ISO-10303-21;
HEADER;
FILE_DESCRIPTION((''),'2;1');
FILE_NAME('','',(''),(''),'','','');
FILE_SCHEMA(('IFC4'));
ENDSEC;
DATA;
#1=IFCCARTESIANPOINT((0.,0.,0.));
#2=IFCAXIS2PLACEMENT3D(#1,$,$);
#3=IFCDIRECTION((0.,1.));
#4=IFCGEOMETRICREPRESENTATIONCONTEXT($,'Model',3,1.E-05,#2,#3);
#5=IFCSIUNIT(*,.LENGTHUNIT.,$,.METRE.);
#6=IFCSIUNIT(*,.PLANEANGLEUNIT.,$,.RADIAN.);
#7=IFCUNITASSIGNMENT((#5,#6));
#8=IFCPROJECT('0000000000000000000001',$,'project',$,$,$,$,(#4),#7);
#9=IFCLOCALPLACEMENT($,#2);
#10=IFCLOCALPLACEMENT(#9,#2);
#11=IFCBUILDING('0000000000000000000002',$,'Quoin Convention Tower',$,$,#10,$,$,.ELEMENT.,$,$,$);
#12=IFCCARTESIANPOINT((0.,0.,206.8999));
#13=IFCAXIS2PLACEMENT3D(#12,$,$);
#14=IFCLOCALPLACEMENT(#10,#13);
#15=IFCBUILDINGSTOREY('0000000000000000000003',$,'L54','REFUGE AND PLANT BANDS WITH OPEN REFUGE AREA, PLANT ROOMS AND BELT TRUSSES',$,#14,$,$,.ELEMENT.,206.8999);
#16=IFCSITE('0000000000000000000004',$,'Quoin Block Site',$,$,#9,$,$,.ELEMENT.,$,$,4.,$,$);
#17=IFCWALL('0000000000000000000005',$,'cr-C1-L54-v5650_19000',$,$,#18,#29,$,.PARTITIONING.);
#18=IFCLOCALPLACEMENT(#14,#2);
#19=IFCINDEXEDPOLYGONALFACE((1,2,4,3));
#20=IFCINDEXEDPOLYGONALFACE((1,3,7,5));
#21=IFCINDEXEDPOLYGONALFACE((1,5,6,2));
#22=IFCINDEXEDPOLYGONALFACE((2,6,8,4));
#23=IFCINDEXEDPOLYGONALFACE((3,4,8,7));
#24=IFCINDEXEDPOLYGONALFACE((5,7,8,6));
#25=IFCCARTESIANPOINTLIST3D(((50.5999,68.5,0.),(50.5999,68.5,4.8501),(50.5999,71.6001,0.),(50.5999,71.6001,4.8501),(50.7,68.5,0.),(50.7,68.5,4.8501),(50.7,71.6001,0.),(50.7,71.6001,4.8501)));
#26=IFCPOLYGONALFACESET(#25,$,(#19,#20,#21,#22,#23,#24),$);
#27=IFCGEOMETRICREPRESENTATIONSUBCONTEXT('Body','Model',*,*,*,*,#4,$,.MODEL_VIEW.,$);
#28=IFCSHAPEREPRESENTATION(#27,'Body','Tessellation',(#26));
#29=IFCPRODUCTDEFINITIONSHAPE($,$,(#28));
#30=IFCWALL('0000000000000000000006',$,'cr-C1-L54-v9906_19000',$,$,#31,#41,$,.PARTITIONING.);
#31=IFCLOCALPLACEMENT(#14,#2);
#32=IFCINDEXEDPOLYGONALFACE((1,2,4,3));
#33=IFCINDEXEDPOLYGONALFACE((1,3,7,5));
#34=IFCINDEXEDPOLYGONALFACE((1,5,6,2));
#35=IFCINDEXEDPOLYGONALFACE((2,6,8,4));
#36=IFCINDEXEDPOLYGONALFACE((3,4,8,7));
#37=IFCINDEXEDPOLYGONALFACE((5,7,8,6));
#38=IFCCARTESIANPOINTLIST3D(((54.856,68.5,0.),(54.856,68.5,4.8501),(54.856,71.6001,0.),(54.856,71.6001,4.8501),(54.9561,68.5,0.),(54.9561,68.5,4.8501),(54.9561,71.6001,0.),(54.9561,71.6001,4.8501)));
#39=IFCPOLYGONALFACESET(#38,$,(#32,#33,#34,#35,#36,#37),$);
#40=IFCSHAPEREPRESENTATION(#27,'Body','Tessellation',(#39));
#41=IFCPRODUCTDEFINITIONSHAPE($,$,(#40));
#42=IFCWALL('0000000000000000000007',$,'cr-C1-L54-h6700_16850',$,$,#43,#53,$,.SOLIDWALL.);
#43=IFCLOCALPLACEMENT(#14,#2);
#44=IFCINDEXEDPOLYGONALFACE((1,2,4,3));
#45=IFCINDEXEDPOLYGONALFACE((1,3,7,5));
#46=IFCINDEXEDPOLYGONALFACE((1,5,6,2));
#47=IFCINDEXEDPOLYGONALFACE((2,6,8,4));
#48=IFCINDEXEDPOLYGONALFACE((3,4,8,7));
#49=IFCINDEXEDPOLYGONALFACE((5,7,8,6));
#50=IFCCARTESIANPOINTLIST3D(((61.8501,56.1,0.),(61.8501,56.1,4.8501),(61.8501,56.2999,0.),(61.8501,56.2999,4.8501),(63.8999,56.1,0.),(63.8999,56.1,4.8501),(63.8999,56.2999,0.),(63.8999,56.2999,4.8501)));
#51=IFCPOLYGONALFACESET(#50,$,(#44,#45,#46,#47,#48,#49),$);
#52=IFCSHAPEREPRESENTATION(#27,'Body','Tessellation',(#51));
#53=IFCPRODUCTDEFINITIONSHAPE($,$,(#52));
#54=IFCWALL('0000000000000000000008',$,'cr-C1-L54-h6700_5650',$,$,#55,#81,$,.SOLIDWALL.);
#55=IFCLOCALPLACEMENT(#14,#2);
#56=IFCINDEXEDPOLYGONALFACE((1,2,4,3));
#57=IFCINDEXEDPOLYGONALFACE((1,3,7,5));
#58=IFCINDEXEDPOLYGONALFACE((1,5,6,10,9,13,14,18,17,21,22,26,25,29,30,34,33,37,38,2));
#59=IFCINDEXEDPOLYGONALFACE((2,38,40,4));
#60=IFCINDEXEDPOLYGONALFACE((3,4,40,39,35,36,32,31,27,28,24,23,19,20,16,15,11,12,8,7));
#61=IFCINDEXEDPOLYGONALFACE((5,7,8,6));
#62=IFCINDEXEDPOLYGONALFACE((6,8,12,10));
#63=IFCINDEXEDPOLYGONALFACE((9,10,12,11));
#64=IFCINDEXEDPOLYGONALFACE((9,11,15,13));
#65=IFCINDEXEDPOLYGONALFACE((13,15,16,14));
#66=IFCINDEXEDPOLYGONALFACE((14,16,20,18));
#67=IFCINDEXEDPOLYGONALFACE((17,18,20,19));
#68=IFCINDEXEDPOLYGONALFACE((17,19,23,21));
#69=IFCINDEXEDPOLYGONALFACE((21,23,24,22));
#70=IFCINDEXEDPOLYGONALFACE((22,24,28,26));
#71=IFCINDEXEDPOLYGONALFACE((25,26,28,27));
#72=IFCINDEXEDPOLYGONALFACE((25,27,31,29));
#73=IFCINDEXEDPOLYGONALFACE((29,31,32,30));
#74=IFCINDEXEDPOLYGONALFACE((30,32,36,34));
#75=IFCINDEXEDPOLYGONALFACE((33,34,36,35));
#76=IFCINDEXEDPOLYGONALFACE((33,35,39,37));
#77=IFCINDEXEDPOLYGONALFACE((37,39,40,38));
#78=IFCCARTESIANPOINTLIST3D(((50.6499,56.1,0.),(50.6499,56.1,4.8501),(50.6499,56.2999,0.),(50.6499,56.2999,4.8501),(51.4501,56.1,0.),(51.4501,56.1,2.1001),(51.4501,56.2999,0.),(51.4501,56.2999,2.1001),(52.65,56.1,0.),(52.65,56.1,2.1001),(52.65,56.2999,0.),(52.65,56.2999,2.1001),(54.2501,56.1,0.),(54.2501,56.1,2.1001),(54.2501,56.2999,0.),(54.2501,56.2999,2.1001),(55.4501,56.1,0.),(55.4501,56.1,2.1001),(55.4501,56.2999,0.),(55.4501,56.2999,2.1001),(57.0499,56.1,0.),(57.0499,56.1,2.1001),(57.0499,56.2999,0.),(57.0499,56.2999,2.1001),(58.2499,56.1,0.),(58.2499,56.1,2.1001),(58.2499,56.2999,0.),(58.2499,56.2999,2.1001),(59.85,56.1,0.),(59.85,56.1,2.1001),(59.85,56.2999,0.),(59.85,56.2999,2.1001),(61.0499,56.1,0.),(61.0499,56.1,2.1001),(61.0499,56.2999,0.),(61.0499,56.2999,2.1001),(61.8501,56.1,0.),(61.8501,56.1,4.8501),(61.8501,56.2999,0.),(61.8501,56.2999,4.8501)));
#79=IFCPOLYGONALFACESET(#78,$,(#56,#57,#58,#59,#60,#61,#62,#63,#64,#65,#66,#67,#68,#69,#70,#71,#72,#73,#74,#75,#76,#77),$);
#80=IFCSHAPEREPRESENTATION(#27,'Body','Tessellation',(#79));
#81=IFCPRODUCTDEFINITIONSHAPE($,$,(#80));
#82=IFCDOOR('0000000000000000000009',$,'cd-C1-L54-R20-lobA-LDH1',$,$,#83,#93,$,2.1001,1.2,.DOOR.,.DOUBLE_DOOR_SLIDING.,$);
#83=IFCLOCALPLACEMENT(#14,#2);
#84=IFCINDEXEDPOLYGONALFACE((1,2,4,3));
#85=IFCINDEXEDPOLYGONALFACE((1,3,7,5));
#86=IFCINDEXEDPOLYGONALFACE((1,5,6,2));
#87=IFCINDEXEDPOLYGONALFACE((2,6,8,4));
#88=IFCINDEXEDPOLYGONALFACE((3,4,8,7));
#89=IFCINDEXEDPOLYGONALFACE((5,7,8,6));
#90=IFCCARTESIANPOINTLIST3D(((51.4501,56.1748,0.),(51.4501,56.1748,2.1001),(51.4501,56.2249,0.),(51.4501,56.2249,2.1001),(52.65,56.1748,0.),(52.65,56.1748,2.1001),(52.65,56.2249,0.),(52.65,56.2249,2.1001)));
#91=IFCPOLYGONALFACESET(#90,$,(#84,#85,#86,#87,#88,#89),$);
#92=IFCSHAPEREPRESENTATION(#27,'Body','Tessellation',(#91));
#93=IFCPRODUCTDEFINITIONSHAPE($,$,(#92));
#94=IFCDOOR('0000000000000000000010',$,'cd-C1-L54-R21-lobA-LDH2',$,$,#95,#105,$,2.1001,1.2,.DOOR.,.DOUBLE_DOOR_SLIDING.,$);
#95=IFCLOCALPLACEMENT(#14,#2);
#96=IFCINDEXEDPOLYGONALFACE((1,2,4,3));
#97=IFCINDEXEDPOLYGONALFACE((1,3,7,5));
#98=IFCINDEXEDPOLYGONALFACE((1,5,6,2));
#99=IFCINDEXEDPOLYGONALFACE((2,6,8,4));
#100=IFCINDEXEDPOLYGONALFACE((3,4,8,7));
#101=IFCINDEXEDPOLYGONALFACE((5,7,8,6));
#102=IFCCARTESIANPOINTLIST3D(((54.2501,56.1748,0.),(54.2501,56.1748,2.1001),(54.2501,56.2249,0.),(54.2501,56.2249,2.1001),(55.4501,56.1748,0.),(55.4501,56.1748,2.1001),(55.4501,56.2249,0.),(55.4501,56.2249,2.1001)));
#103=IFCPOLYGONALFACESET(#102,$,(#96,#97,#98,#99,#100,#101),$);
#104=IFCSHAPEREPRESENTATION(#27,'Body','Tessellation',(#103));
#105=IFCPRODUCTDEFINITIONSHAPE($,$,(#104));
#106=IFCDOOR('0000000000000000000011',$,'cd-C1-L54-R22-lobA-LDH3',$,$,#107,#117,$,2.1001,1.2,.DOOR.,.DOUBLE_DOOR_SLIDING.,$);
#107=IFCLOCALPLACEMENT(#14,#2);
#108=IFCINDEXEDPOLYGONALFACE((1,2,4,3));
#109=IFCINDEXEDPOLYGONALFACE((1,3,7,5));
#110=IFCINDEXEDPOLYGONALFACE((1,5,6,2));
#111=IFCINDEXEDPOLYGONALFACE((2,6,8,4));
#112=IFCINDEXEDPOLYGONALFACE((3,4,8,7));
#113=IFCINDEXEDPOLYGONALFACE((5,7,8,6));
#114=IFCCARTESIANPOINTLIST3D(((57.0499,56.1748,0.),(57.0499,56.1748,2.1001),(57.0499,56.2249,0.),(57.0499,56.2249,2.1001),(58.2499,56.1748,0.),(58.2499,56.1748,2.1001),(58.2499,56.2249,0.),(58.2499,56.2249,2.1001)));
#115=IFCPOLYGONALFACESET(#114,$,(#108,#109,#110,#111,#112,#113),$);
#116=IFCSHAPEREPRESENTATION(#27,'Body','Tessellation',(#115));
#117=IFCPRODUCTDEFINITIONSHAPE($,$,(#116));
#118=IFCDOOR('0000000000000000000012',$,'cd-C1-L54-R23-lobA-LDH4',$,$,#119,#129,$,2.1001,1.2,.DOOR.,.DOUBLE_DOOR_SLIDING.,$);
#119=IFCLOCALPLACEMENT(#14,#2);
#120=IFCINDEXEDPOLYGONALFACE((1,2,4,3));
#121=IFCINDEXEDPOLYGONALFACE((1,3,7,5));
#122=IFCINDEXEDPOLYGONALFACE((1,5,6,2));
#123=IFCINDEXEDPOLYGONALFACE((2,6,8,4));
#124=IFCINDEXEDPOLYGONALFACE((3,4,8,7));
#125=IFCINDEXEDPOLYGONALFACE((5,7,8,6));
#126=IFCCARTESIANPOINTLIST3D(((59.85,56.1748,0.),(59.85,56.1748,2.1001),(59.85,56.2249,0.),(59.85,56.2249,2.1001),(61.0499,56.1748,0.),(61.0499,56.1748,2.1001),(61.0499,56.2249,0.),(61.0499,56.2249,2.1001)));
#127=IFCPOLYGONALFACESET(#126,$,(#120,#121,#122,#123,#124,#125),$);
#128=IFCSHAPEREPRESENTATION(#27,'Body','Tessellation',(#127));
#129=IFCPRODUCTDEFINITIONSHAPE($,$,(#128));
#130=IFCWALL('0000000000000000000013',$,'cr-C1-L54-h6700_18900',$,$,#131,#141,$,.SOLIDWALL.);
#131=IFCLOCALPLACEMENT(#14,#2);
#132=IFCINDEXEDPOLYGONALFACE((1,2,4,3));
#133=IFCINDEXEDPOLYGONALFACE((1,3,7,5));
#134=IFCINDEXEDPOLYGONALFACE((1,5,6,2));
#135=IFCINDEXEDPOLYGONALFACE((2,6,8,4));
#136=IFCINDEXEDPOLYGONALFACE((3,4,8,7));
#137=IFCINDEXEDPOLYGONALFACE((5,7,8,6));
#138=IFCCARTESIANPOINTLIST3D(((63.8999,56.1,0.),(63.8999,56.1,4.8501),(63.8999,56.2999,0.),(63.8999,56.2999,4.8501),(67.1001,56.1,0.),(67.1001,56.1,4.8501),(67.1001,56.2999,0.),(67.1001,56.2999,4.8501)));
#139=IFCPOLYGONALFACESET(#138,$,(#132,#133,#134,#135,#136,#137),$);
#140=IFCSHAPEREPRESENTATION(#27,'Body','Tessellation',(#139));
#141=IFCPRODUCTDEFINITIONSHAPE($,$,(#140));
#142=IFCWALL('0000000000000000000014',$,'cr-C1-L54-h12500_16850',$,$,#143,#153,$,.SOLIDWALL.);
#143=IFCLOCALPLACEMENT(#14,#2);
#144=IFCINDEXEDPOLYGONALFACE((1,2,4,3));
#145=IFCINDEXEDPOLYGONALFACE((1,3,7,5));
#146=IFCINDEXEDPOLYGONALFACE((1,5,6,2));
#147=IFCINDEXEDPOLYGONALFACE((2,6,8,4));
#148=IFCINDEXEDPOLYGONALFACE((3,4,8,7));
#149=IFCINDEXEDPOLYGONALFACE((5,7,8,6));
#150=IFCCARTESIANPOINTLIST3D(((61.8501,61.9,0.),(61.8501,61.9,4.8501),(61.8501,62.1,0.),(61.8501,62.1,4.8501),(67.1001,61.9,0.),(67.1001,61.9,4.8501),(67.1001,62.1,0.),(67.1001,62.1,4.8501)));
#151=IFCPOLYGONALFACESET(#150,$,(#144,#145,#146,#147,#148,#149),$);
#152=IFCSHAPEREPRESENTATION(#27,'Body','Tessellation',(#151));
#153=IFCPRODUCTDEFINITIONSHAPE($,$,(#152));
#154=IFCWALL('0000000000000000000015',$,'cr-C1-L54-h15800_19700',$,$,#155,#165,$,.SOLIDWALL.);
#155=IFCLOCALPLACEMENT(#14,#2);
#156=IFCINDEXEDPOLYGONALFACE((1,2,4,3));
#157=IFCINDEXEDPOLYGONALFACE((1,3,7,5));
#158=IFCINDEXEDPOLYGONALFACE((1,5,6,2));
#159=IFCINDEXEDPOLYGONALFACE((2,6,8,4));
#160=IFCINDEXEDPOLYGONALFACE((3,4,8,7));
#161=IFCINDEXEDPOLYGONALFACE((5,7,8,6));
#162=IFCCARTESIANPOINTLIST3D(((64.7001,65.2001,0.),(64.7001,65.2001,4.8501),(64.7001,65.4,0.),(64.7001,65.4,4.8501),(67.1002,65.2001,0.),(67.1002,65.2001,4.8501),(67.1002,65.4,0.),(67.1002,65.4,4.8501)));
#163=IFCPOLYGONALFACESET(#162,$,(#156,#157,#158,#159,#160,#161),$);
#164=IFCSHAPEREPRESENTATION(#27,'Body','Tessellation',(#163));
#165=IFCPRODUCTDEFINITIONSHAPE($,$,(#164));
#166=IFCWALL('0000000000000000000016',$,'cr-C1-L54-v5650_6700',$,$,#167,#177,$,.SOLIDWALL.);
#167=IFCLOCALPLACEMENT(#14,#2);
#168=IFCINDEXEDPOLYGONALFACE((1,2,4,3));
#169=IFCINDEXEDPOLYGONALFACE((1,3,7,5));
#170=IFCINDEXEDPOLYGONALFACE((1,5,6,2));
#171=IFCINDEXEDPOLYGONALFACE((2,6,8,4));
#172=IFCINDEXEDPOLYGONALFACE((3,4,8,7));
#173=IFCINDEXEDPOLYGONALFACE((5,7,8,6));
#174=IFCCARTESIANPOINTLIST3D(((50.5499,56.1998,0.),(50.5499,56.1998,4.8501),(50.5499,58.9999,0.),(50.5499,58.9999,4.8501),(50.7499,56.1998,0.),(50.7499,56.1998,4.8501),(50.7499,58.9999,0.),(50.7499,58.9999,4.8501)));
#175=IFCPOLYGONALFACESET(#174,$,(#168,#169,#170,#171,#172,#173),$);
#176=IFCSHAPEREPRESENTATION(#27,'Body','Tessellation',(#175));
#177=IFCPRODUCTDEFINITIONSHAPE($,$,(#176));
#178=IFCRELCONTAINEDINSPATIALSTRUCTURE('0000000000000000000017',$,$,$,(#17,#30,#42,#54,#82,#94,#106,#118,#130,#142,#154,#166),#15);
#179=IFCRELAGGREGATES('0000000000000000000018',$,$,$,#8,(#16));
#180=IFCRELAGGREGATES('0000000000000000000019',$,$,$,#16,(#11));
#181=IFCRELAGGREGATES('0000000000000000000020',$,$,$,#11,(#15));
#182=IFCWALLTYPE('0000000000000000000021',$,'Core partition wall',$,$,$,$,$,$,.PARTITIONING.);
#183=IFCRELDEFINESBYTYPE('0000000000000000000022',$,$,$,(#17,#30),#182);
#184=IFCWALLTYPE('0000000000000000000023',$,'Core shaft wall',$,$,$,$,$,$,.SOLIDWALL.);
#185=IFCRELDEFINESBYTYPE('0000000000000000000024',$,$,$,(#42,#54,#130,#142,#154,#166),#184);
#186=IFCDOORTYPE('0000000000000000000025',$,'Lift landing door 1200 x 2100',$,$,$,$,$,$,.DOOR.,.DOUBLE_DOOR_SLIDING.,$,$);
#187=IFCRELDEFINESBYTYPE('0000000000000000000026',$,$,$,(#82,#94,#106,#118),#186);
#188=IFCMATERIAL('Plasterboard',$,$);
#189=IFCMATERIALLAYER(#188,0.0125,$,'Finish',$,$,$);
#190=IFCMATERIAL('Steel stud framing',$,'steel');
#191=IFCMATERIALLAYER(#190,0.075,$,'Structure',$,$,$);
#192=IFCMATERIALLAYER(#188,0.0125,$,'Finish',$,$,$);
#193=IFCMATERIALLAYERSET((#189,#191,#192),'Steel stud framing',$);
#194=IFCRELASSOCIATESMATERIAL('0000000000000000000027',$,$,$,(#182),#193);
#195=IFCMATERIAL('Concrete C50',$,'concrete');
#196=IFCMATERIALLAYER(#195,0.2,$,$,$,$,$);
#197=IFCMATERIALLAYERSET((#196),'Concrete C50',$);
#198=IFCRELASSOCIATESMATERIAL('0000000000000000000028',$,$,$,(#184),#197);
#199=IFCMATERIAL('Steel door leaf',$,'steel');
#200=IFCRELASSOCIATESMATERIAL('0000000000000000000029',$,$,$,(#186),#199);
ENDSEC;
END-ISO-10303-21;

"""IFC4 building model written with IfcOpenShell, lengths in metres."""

from ifc_helpers import new_model, si_unit, direction, frame, frame_2d, origin, place, context, subcontext, project, spatial, rectangle, extrude, material, layer, layer_set, type_object, element, fill, save


model = new_model("IFC4")

# Units and contexts
model_context = context("Model", 3, precision=1e-05, world=origin(), true_north=direction((0.0, 1.0)))
body_context = subcontext(model_context, "Body", "Model", "MODEL_VIEW")
ifc_project = project(units=[si_unit("LENGTHUNIT", "METRE"), si_unit("PLANEANGLEUNIT", "RADIAN")], contexts=[model_context])

# Site, building, storey
site_placement = place(None, origin())
site = spatial("IfcSite", under=ifc_project, at=site_placement, Name="Quoin Block Site", CompositionType="ELEMENT", RefElevation=4.0)
building_placement = place(site_placement, origin())
building = spatial("IfcBuilding", under=site, at=building_placement, Name="Quoin Convention Tower", CompositionType="ELEMENT")
storey_placement = place(building_placement, frame((0.0, 0.0, 206.8999)))
storey = spatial("IfcBuildingStorey", under=building, at=storey_placement, Name="L54", Description="REFUGE AND PLANT BANDS WITH OPEN REFUGE AREA, PLANT ROOMS AND BELT TRUSSES", CompositionType="ELEMENT", Elevation=206.8999)

# Walls
ifc_material_1 = material(Name="Plasterboard")
ifc_layer_1 = layer(ifc_material_1, 0.0125, Name="Finish")
ifc_material_2 = material(Name="Steel stud framing", Category="steel")
ifc_layer_2 = layer(ifc_material_2, 0.075, Name="Structure")
ifc_layer_3 = layer(ifc_material_1, 0.0125, Name="Finish")
ifc_layer_set_1 = layer_set([ifc_layer_1, ifc_layer_2, ifc_layer_3], Name="Steel stud framing")
wall_type_1 = type_object("IfcWallType", Name="Core partition wall", PredefinedType="PARTITIONING", material=ifc_layer_set_1)
for number, where, z_axis, x_axis, name in (
    (1, (50.6499, 68.5, 0.0), (0.0, 0.0, 1.0), (0.0, 1.0, 0.0), "cr-C1-L54-v5650_19000"),
    (2, (54.906, 68.5, 0.0), (0.0, 0.0, 1.0), (0.0, 1.0, 0.0), "cr-C1-L54-v9906_19000"),
):
    element("IfcWall", number, at=place(storey_placement, frame(where, z_axis=z_axis, x_axis=x_axis)), inside=storey, type_object=wall_type_1, Name=name, PredefinedType="PARTITIONING", context=body_context, shape_type="SweptSolid", body=[
        extrude(rectangle(XDim=3.1001, YDim=0.1001, at=frame_2d((1.55, 0.0))), origin(), (0.0, 0.0, 1.0), 4.8501),
    ])
ifc_material_3 = material(Name="Concrete C50", Category="concrete")
ifc_layer_4 = layer(ifc_material_3, 0.2)
ifc_layer_set_2 = layer_set([ifc_layer_4], Name="Concrete C50")
wall_type_2 = type_object("IfcWallType", Name="Core shaft wall", PredefinedType="SOLIDWALL", material=ifc_layer_set_2)
wall_1_placement = place(storey_placement, frame((61.8501, 56.2, 0.0), z_axis=(0.0, 0.0, 1.0), x_axis=(1.0, 0.0, 0.0)))
element("IfcWall", 3, at=wall_1_placement, inside=storey, type_object=wall_type_2, Name="cr-C1-L54-h6700_16850", PredefinedType="SOLIDWALL", context=body_context, shape_type="SweptSolid", body=[
    extrude(rectangle(XDim=2.0498, YDim=0.2, at=frame_2d((1.0249, 0.0))), origin(), (0.0, 0.0, 1.0), 4.8501),
])

# Wall, openings, doors
wall_2_placement = place(storey_placement, frame((50.6499, 56.2, 0.0), z_axis=(0.0, 0.0, 1.0), x_axis=(1.0, 0.0, 0.0)))
wall_2 = element("IfcWall", 4, at=wall_2_placement, inside=storey, type_object=wall_type_2, Name="cr-C1-L54-h6700_5650", PredefinedType="SOLIDWALL", context=body_context, shape_type="SweptSolid", body=[
    extrude(rectangle(XDim=11.2002, YDim=0.2, at=frame_2d((5.6001, 0.0))), origin(), (0.0, 0.0, 1.0), 4.8501),
])
opening_1_placement = place(wall_2_placement, frame((0.8, 0.0, 0.0)))
opening_1 = element("IfcOpeningElement", 5, at=opening_1_placement, cuts=wall_2, PredefinedType="OPENING", context=body_context, shape_type="SweptSolid", body=[
    extrude(rectangle(XDim=1.2, YDim=2.1001, at=frame_2d((0.6001, 1.05))), frame((0.0, 0.1099, 0.0), z_axis=(0.0, -1.0, 0.0), x_axis=(1.0, 0.0, 0.0)), (0.0, 0.0, 1.0), 0.22),
])
opening_2_placement = place(wall_2_placement, frame((3.6001, 0.0, 0.0)))
opening_2 = element("IfcOpeningElement", 6, at=opening_2_placement, cuts=wall_2, PredefinedType="OPENING", context=body_context, shape_type="SweptSolid", body=[
    extrude(rectangle(XDim=1.2, YDim=2.1001, at=frame_2d((0.6001, 1.05))), frame((0.0, 0.1099, 0.0), z_axis=(0.0, -1.0, 0.0), x_axis=(1.0, 0.0, 0.0)), (0.0, 0.0, 1.0), 0.22),
])
opening_3_placement = place(wall_2_placement, frame((6.3999, 0.0, 0.0)))
opening_3 = element("IfcOpeningElement", 7, at=opening_3_placement, cuts=wall_2, PredefinedType="OPENING", context=body_context, shape_type="SweptSolid", body=[
    extrude(rectangle(XDim=1.2, YDim=2.1001, at=frame_2d((0.6001, 1.05))), frame((0.0, 0.1099, 0.0), z_axis=(0.0, -1.0, 0.0), x_axis=(1.0, 0.0, 0.0)), (0.0, 0.0, 1.0), 0.22),
])
opening_4_placement = place(wall_2_placement, frame((9.2, 0.0, 0.0)))
opening_4 = element("IfcOpeningElement", 8, at=opening_4_placement, cuts=wall_2, PredefinedType="OPENING", context=body_context, shape_type="SweptSolid", body=[
    extrude(rectangle(XDim=1.2, YDim=2.1001, at=frame_2d((0.6001, 1.05))), frame((0.0, 0.1099, 0.0), z_axis=(0.0, -1.0, 0.0), x_axis=(1.0, 0.0, 0.0)), (0.0, 0.0, 1.0), 0.22),
])
ifc_material_4 = material(Name="Steel door leaf", Category="steel")
door_type_1 = type_object("IfcDoorType", Name="Lift landing door 1200 x 2100", OperationType="DOUBLE_DOOR_SLIDING", PredefinedType="DOOR", material=ifc_material_4)
door_1_placement = place(opening_1_placement, origin())
door_1 = element("IfcDoor", 9, at=door_1_placement, inside=storey, type_object=door_type_1, Name="cd-C1-L54-R20-lobA-LDH1", OperationType="DOUBLE_DOOR_SLIDING", OverallHeight=2.1001, OverallWidth=1.2, PredefinedType="DOOR", context=body_context, shape_type="SweptSolid", body=[
    extrude(rectangle(XDim=1.2, YDim=2.1001, at=frame_2d((0.6001, 1.05))), frame((0.0, 0.0249, 0.0), z_axis=(0.0, -1.0, 0.0), x_axis=(1.0, 0.0, 0.0)), (0.0, 0.0, 1.0), 0.05),
])
fill(opening_1, door_1)
door_2_placement = place(opening_2_placement, origin())
door_2 = element("IfcDoor", 10, at=door_2_placement, inside=storey, type_object=door_type_1, Name="cd-C1-L54-R21-lobA-LDH2", OperationType="DOUBLE_DOOR_SLIDING", OverallHeight=2.1001, OverallWidth=1.2, PredefinedType="DOOR", context=body_context, shape_type="SweptSolid", body=[
    extrude(rectangle(XDim=1.2, YDim=2.1001, at=frame_2d((0.6001, 1.05))), frame((0.0, 0.0249, 0.0), z_axis=(0.0, -1.0, 0.0), x_axis=(1.0, 0.0, 0.0)), (0.0, 0.0, 1.0), 0.05),
])
fill(opening_2, door_2)
door_3_placement = place(opening_3_placement, origin())
door_3 = element("IfcDoor", 11, at=door_3_placement, inside=storey, type_object=door_type_1, Name="cd-C1-L54-R22-lobA-LDH3", OperationType="DOUBLE_DOOR_SLIDING", OverallHeight=2.1001, OverallWidth=1.2, PredefinedType="DOOR", context=body_context, shape_type="SweptSolid", body=[
    extrude(rectangle(XDim=1.2, YDim=2.1001, at=frame_2d((0.6001, 1.05))), frame((0.0, 0.0249, 0.0), z_axis=(0.0, -1.0, 0.0), x_axis=(1.0, 0.0, 0.0)), (0.0, 0.0, 1.0), 0.05),
])
fill(opening_3, door_3)
door_4_placement = place(opening_4_placement, origin())
door_4 = element("IfcDoor", 12, at=door_4_placement, inside=storey, type_object=door_type_1, Name="cd-C1-L54-R23-lobA-LDH4", OperationType="DOUBLE_DOOR_SLIDING", OverallHeight=2.1001, OverallWidth=1.2, PredefinedType="DOOR", context=body_context, shape_type="SweptSolid", body=[
    extrude(rectangle(XDim=1.2, YDim=2.1001, at=frame_2d((0.6001, 1.05))), frame((0.0, 0.0249, 0.0), z_axis=(0.0, -1.0, 0.0), x_axis=(1.0, 0.0, 0.0)), (0.0, 0.0, 1.0), 0.05),
])
fill(opening_4, door_4)

# Walls
wall_3_placement = place(storey_placement, frame((63.8999, 56.2, 0.0), z_axis=(0.0, 0.0, 1.0), x_axis=(1.0, 0.0, 0.0)))
element("IfcWall", 13, at=wall_3_placement, inside=storey, type_object=wall_type_2, Name="cr-C1-L54-h6700_18900", PredefinedType="SOLIDWALL", context=body_context, shape_type="SweptSolid", body=[
    extrude(rectangle(XDim=3.2002, YDim=0.2, at=frame_2d((1.6001, 0.0))), origin(), (0.0, 0.0, 1.0), 4.8501),
])
wall_4_placement = place(storey_placement, frame((61.8501, 62.0, 0.0), z_axis=(0.0, 0.0, 1.0), x_axis=(1.0, 0.0, 0.0)))
element("IfcWall", 14, at=wall_4_placement, inside=storey, type_object=wall_type_2, Name="cr-C1-L54-h12500_16850", PredefinedType="SOLIDWALL", context=body_context, shape_type="SweptSolid", body=[
    extrude(rectangle(XDim=5.25, YDim=0.2, at=frame_2d((2.625, 0.0))), origin(), (0.0, 0.0, 1.0), 4.8501),
])
wall_5_placement = place(storey_placement, frame((64.7, 65.3, 0.0), z_axis=(0.0, 0.0, 1.0), x_axis=(1.0, 0.0, 0.0)))
element("IfcWall", 15, at=wall_5_placement, inside=storey, type_object=wall_type_2, Name="cr-C1-L54-h15800_19700", PredefinedType="SOLIDWALL", context=body_context, shape_type="SweptSolid", body=[
    extrude(rectangle(XDim=2.4001, YDim=0.2, at=frame_2d((1.2002, 0.0))), origin(), (0.0, 0.0, 1.0), 4.8501),
])
wall_6_placement = place(storey_placement, frame((50.6499, 56.2, 0.0), z_axis=(0.0, 0.0, 1.0), x_axis=(0.0, 1.0, 0.0)))
element("IfcWall", 16, at=wall_6_placement, inside=storey, type_object=wall_type_2, Name="cr-C1-L54-v5650_6700", PredefinedType="SOLIDWALL", context=body_context, shape_type="SweptSolid", body=[
    extrude(rectangle(XDim=2.8, YDim=0.2, at=frame_2d((1.3999, 0.0))), origin(), (0.0, 0.0, 1.0), 4.8501),
])

save(model, "model.ifc")
